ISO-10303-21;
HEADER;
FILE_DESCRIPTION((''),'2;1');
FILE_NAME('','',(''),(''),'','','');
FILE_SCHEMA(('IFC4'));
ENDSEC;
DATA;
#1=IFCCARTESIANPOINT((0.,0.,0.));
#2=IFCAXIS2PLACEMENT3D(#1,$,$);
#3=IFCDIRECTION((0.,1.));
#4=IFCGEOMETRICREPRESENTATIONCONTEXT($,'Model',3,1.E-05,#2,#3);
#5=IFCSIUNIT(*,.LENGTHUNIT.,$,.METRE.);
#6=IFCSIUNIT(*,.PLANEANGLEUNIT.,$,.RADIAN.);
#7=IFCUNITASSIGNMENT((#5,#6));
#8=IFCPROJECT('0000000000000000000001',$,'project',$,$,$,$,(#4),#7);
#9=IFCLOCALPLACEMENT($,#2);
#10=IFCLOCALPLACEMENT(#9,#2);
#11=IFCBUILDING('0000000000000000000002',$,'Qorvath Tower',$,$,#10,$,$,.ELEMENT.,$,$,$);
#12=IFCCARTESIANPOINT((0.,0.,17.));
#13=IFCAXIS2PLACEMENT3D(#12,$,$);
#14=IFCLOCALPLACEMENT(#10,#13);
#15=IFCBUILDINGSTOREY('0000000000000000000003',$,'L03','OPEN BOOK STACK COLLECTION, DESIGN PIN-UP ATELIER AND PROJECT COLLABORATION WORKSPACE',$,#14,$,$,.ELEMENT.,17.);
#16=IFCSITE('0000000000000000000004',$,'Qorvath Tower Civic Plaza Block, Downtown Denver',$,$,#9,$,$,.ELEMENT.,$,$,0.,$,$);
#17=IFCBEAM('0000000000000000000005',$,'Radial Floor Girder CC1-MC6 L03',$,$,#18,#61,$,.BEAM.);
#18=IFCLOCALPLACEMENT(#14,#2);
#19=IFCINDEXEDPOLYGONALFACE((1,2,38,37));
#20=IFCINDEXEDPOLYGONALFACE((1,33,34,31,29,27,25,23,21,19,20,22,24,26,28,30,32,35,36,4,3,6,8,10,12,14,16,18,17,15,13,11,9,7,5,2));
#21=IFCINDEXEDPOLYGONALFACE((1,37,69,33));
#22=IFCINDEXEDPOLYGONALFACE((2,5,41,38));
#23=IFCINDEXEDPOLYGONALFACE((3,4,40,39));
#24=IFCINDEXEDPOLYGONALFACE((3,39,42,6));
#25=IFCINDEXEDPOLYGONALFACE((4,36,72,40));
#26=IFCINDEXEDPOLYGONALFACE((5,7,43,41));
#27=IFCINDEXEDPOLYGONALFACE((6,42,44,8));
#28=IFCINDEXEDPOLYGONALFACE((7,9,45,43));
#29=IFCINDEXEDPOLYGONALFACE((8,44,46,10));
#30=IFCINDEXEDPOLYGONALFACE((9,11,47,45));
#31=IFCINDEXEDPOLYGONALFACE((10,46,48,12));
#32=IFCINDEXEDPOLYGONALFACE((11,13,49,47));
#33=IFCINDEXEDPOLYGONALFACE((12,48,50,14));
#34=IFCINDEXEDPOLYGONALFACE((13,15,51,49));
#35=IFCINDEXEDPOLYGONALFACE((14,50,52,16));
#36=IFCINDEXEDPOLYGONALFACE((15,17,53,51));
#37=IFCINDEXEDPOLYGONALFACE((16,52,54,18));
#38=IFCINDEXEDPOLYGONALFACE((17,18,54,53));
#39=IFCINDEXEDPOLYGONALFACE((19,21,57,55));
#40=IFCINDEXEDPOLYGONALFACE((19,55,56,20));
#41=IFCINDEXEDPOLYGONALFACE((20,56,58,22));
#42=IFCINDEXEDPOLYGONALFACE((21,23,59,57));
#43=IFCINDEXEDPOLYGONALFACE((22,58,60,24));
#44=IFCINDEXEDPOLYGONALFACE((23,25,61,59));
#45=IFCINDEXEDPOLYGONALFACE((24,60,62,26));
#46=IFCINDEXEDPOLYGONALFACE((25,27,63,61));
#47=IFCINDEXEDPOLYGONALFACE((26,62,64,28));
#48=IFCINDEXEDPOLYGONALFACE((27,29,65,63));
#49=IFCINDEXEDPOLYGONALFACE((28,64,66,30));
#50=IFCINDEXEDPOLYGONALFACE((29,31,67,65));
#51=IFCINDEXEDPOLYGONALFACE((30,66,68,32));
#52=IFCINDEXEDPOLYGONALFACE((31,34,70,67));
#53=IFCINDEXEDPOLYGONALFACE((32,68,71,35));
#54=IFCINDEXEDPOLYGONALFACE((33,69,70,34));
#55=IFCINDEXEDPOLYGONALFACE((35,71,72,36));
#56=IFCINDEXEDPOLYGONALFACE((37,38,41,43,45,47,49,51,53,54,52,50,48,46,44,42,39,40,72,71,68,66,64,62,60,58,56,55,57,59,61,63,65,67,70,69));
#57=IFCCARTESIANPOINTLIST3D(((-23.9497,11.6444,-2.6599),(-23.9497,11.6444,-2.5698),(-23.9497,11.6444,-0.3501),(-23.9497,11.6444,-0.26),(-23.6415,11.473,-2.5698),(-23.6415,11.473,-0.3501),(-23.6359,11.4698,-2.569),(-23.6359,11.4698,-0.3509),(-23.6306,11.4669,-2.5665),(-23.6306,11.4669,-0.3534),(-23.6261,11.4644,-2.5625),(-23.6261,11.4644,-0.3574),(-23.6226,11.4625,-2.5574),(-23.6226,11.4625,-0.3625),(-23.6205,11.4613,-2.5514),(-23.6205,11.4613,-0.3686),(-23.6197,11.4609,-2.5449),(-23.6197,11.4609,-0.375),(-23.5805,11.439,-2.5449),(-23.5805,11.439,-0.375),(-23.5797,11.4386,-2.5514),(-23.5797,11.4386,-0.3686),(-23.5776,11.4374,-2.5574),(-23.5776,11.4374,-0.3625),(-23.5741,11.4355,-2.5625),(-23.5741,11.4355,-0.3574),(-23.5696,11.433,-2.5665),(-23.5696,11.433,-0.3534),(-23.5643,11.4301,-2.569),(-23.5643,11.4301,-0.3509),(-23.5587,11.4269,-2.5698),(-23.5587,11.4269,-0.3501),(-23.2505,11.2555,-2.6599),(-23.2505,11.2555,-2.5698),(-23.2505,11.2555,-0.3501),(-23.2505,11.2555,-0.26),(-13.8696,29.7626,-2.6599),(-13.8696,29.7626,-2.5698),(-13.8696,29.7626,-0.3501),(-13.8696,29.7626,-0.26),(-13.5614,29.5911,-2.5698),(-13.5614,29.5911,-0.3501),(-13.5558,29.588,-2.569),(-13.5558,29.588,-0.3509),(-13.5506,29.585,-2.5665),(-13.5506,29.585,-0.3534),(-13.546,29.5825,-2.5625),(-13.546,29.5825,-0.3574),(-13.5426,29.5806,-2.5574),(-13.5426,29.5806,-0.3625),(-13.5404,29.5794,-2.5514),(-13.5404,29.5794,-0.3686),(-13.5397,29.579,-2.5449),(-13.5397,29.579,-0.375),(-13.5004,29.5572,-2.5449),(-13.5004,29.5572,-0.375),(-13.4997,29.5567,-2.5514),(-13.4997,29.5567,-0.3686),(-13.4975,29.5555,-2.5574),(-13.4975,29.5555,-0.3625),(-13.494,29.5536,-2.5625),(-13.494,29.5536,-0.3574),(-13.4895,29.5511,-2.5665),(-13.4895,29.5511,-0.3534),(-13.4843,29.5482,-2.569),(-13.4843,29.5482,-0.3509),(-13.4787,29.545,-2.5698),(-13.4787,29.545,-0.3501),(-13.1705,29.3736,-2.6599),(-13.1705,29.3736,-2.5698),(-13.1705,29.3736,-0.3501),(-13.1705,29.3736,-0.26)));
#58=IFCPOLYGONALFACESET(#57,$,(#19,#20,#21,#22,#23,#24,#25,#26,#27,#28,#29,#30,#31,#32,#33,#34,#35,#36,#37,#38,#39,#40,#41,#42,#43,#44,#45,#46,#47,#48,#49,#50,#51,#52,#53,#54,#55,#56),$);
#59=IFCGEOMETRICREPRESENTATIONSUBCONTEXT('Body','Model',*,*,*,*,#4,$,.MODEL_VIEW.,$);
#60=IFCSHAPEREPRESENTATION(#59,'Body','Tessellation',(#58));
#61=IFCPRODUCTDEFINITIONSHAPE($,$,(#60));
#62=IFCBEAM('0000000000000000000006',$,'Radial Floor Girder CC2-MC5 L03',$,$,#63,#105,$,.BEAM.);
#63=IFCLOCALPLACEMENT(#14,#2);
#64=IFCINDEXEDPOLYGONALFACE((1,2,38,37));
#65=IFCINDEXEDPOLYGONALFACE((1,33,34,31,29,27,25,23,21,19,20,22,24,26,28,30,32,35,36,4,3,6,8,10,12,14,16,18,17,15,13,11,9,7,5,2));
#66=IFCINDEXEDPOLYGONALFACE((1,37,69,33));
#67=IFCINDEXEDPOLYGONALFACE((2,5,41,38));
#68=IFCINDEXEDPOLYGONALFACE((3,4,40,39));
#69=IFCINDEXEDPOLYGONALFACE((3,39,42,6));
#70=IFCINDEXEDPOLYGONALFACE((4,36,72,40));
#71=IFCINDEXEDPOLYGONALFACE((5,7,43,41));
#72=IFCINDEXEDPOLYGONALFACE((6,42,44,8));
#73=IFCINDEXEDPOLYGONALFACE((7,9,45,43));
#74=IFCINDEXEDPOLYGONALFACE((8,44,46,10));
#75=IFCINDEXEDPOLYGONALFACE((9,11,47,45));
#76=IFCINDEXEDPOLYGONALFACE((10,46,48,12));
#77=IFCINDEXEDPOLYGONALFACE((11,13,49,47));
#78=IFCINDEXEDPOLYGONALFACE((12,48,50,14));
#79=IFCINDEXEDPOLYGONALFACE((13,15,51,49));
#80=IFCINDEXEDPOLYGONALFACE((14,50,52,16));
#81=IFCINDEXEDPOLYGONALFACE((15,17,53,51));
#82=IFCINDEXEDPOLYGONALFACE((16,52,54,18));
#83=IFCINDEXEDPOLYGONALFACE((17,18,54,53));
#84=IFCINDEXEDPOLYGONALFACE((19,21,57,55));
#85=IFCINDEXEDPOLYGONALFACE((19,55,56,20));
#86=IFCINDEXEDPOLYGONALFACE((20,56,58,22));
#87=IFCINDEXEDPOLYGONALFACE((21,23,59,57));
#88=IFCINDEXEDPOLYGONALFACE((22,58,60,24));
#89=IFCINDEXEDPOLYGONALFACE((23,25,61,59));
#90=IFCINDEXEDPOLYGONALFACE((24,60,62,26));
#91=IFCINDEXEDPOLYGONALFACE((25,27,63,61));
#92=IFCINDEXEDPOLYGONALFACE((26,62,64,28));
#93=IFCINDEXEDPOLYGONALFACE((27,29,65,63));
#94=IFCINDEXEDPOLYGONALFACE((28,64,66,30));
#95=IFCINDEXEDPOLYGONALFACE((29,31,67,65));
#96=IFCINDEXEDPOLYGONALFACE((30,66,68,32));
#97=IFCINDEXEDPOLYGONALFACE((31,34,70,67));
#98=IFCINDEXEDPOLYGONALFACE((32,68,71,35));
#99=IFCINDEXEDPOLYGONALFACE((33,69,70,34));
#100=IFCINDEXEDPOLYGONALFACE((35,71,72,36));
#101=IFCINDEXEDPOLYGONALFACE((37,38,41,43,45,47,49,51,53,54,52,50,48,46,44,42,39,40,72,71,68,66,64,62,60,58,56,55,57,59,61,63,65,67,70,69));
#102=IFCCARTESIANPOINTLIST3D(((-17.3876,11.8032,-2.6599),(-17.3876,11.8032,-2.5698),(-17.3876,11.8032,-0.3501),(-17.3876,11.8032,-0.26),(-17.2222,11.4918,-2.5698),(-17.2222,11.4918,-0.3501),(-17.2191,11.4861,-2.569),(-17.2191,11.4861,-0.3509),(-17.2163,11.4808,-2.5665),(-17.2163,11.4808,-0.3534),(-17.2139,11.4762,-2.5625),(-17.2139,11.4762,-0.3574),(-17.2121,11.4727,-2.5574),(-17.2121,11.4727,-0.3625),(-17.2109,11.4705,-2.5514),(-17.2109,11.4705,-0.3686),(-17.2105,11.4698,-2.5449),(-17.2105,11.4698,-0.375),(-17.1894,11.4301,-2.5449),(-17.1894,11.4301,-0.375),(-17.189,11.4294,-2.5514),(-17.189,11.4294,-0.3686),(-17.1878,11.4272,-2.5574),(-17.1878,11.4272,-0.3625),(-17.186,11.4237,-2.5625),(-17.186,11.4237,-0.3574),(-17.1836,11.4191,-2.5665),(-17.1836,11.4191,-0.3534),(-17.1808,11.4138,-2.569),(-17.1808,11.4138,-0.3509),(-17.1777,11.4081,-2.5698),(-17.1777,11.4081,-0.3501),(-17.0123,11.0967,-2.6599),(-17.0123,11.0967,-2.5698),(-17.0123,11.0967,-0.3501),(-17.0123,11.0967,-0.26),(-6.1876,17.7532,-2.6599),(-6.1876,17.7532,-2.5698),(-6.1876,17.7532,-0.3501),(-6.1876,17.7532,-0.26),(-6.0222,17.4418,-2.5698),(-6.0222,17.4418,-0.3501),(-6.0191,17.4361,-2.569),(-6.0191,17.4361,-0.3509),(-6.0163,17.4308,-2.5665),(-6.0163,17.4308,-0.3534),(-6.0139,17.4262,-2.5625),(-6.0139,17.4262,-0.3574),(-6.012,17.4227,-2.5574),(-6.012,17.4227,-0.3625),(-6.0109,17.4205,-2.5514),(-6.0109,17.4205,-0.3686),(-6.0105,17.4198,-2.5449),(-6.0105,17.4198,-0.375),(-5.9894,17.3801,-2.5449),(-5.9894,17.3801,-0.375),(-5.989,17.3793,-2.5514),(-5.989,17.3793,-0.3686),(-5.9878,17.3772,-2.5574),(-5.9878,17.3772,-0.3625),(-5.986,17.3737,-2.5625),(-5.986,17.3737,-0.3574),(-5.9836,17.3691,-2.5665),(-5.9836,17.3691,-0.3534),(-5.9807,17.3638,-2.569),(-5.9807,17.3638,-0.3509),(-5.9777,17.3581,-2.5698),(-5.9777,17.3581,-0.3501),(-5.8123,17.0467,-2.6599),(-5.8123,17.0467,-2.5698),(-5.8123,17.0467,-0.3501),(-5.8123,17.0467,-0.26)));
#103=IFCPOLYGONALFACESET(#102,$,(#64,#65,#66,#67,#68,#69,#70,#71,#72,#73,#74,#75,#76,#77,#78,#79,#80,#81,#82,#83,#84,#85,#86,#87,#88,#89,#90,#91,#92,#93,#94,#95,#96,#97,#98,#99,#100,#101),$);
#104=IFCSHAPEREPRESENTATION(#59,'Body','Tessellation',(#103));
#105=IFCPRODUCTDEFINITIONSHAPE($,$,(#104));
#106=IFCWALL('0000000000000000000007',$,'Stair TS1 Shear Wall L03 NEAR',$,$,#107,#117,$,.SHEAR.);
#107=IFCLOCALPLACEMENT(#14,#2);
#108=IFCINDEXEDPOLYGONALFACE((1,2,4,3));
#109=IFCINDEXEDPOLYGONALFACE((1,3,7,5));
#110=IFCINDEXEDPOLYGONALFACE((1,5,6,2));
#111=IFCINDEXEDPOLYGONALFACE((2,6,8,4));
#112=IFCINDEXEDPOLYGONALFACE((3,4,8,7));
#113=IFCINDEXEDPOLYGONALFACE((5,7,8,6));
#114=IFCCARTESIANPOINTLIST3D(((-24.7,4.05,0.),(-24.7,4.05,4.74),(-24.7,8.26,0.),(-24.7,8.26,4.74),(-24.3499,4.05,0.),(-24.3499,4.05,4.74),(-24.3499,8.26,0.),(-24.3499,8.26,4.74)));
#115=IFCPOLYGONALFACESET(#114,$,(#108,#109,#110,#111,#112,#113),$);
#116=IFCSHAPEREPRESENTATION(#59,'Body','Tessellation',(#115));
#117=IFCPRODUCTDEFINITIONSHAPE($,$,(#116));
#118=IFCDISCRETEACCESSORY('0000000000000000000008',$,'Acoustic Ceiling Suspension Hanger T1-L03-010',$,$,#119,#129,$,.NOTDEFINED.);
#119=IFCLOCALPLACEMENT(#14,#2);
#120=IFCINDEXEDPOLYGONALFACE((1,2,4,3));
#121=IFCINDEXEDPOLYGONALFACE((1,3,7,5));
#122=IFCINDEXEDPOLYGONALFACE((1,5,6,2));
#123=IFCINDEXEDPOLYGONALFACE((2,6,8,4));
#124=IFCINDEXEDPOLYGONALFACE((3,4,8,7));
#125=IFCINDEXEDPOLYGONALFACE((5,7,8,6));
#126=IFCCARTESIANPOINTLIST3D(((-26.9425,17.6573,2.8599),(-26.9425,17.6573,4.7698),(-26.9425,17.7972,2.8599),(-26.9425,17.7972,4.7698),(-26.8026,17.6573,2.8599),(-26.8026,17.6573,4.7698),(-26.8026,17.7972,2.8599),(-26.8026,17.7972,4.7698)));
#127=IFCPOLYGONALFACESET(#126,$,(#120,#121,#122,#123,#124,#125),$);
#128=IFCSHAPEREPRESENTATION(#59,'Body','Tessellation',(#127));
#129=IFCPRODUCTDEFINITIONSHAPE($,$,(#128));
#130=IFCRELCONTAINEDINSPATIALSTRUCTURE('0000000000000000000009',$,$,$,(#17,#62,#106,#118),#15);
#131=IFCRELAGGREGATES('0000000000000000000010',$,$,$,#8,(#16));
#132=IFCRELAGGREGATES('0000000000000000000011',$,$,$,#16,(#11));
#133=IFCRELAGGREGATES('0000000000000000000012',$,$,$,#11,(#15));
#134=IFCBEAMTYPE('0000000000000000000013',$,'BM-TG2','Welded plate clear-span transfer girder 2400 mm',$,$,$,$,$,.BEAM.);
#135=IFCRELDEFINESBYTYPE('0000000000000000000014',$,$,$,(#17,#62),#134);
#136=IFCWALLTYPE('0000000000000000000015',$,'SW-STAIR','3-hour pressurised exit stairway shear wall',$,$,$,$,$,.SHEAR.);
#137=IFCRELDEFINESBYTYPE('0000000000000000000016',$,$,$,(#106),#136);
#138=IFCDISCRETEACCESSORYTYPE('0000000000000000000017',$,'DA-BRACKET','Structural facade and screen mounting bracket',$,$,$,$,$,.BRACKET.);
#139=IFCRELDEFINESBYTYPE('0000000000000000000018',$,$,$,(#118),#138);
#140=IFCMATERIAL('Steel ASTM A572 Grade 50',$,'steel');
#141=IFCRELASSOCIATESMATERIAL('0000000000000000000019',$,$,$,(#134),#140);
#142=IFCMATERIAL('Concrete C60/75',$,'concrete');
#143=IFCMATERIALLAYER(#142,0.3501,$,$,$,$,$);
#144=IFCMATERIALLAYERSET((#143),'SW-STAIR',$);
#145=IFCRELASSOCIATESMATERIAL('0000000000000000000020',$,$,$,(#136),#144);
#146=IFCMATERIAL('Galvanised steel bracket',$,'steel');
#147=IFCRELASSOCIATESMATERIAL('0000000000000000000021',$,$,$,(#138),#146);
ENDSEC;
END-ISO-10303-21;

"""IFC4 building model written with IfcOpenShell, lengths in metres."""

from ifc_helpers import new_model, si_unit, direction, frame, frame_2d, origin, origin_2d, place, context, subcontext, project, spatial, rectangle, i_section, extrude, material, layer, layer_set, material_profile, profile_set, type_object, element, save


model = new_model("IFC4")

# Units and contexts
model_context = context("Model", 3, precision=1e-05, world=origin(), true_north=direction((0.0, 1.0)))
body_context = subcontext(model_context, "Body", "Model", "MODEL_VIEW")
ifc_project = project(units=[si_unit("LENGTHUNIT", "METRE"), si_unit("PLANEANGLEUNIT", "RADIAN")], contexts=[model_context])

# Site, building, storey
site_placement = place(None, origin())
site = spatial("IfcSite", under=ifc_project, at=site_placement, Name="Qorvath Tower Civic Plaza Block, Downtown Denver", CompositionType="ELEMENT", RefElevation=0.0)
building_placement = place(site_placement, origin())
building = spatial("IfcBuilding", under=site, at=building_placement, Name="Qorvath Tower", CompositionType="ELEMENT")
storey_placement = place(building_placement, frame((0.0, 0.0, 17.0)))
storey = spatial("IfcBuildingStorey", under=building, at=storey_placement, Name="L03", Description="OPEN BOOK STACK COLLECTION, DESIGN PIN-UP ATELIER AND PROJECT COLLABORATION WORKSPACE", CompositionType="ELEMENT", Elevation=17.0)

# Beams
ifc_material_1 = material(Name="Steel ASTM A572 Grade 50", Category="steel")
ifc_material_profile_1 = material_profile(ifc_material_1, i_section(OverallWidth=0.8, OverallDepth=2.3999, WebThickness=0.0449, FlangeThickness=0.0901, FilletRadius=0.0249, at=origin_2d()), Name="WTG 2400x800")
ifc_profile_set_1 = profile_set([ifc_material_profile_1], Name="Steel ASTM A572 Grade 50")
beam_type_1 = type_object("IfcBeamType", Name="BM-TG2", Description="Welded plate clear-span transfer girder 2400 mm", PredefinedType="BEAM", material=ifc_profile_set_1)
beam_1_placement = place(storey_placement, frame((-23.6001, 11.45, -1.46), z_axis=(0.486175, 0.873862, 0.0), x_axis=(-0.873862, 0.486175, 0.0)))
element("IfcBeam", 1, at=beam_1_placement, inside=storey, type_object=beam_type_1, Name="Radial Floor Girder CC1-MC6 L03", PredefinedType="BEAM", context=body_context, shape_type="SweptSolid", body=[
    extrude(i_section(OverallWidth=0.8, OverallDepth=2.3999, WebThickness=0.0449, FlangeThickness=0.0901, FilletRadius=0.0249, at=origin_2d()), origin(), (0.0, 0.0, 1.0), 20.7334),
])
beam_2_placement = place(storey_placement, frame((-17.2, 11.45, -1.46), z_axis=(0.883116, 0.469154, 0.0), x_axis=(-0.469154, 0.883116, 0.0)))
element("IfcBeam", 2, at=beam_2_placement, inside=storey, type_object=beam_type_1, Name="Radial Floor Girder CC2-MC5 L03", PredefinedType="BEAM", context=body_context, shape_type="SweptSolid", body=[
    extrude(i_section(OverallWidth=0.8, OverallDepth=2.3999, WebThickness=0.0449, FlangeThickness=0.0901, FilletRadius=0.0249, at=origin_2d()), origin(), (0.0, 0.0, 1.0), 12.6824),
])

# Wall
ifc_material_2 = material(Name="Concrete C60/75", Category="concrete")
ifc_layer_1 = layer(ifc_material_2, 0.3501)
ifc_layer_set_1 = layer_set([ifc_layer_1], Name="SW-STAIR")
wall_type_1 = type_object("IfcWallType", Name="SW-STAIR", Description="3-hour pressurised exit stairway shear wall", PredefinedType="SHEAR", material=ifc_layer_set_1)
wall_1_placement = place(storey_placement, frame((-24.5249, 8.26, 0.0), z_axis=(0.0, 0.0, 1.0), x_axis=(0.0, -1.0, 0.0)))
element("IfcWall", 3, at=wall_1_placement, inside=storey, type_object=wall_type_1, Name="Stair TS1 Shear Wall L03 NEAR", PredefinedType="SHEAR", context=body_context, shape_type="SweptSolid", body=[
    extrude(rectangle(XDim=4.21, YDim=0.3501, at=frame_2d((2.105, 0.0))), origin(), (0.0, 0.0, 1.0), 4.74),
])

# Discrete accessory
ifc_material_3 = material(Name="Galvanised steel bracket", Category="steel")
discrete_accessory_type = type_object("IfcDiscreteAccessoryType", Name="DA-BRACKET", Description="Structural facade and screen mounting bracket", PredefinedType="BRACKET", material=ifc_material_3)
discrete_accessory_placement = place(storey_placement, frame((-26.8726, 17.7273, 2.8599), z_axis=(0.0, 0.0, 1.0), x_axis=(1.0, 0.0, 0.0)))
element("IfcDiscreteAccessory", 4, at=discrete_accessory_placement, inside=storey, type_object=discrete_accessory_type, Name="Acoustic Ceiling Suspension Hanger T1-L03-010", PredefinedType="NOTDEFINED", context=body_context, shape_type="SweptSolid", body=[
    extrude(rectangle(XDim=0.1399, YDim=0.1399, at=origin_2d()), origin(), (0.0, 0.0, 1.0), 1.9099),
])

save(model, "model.ifc")
